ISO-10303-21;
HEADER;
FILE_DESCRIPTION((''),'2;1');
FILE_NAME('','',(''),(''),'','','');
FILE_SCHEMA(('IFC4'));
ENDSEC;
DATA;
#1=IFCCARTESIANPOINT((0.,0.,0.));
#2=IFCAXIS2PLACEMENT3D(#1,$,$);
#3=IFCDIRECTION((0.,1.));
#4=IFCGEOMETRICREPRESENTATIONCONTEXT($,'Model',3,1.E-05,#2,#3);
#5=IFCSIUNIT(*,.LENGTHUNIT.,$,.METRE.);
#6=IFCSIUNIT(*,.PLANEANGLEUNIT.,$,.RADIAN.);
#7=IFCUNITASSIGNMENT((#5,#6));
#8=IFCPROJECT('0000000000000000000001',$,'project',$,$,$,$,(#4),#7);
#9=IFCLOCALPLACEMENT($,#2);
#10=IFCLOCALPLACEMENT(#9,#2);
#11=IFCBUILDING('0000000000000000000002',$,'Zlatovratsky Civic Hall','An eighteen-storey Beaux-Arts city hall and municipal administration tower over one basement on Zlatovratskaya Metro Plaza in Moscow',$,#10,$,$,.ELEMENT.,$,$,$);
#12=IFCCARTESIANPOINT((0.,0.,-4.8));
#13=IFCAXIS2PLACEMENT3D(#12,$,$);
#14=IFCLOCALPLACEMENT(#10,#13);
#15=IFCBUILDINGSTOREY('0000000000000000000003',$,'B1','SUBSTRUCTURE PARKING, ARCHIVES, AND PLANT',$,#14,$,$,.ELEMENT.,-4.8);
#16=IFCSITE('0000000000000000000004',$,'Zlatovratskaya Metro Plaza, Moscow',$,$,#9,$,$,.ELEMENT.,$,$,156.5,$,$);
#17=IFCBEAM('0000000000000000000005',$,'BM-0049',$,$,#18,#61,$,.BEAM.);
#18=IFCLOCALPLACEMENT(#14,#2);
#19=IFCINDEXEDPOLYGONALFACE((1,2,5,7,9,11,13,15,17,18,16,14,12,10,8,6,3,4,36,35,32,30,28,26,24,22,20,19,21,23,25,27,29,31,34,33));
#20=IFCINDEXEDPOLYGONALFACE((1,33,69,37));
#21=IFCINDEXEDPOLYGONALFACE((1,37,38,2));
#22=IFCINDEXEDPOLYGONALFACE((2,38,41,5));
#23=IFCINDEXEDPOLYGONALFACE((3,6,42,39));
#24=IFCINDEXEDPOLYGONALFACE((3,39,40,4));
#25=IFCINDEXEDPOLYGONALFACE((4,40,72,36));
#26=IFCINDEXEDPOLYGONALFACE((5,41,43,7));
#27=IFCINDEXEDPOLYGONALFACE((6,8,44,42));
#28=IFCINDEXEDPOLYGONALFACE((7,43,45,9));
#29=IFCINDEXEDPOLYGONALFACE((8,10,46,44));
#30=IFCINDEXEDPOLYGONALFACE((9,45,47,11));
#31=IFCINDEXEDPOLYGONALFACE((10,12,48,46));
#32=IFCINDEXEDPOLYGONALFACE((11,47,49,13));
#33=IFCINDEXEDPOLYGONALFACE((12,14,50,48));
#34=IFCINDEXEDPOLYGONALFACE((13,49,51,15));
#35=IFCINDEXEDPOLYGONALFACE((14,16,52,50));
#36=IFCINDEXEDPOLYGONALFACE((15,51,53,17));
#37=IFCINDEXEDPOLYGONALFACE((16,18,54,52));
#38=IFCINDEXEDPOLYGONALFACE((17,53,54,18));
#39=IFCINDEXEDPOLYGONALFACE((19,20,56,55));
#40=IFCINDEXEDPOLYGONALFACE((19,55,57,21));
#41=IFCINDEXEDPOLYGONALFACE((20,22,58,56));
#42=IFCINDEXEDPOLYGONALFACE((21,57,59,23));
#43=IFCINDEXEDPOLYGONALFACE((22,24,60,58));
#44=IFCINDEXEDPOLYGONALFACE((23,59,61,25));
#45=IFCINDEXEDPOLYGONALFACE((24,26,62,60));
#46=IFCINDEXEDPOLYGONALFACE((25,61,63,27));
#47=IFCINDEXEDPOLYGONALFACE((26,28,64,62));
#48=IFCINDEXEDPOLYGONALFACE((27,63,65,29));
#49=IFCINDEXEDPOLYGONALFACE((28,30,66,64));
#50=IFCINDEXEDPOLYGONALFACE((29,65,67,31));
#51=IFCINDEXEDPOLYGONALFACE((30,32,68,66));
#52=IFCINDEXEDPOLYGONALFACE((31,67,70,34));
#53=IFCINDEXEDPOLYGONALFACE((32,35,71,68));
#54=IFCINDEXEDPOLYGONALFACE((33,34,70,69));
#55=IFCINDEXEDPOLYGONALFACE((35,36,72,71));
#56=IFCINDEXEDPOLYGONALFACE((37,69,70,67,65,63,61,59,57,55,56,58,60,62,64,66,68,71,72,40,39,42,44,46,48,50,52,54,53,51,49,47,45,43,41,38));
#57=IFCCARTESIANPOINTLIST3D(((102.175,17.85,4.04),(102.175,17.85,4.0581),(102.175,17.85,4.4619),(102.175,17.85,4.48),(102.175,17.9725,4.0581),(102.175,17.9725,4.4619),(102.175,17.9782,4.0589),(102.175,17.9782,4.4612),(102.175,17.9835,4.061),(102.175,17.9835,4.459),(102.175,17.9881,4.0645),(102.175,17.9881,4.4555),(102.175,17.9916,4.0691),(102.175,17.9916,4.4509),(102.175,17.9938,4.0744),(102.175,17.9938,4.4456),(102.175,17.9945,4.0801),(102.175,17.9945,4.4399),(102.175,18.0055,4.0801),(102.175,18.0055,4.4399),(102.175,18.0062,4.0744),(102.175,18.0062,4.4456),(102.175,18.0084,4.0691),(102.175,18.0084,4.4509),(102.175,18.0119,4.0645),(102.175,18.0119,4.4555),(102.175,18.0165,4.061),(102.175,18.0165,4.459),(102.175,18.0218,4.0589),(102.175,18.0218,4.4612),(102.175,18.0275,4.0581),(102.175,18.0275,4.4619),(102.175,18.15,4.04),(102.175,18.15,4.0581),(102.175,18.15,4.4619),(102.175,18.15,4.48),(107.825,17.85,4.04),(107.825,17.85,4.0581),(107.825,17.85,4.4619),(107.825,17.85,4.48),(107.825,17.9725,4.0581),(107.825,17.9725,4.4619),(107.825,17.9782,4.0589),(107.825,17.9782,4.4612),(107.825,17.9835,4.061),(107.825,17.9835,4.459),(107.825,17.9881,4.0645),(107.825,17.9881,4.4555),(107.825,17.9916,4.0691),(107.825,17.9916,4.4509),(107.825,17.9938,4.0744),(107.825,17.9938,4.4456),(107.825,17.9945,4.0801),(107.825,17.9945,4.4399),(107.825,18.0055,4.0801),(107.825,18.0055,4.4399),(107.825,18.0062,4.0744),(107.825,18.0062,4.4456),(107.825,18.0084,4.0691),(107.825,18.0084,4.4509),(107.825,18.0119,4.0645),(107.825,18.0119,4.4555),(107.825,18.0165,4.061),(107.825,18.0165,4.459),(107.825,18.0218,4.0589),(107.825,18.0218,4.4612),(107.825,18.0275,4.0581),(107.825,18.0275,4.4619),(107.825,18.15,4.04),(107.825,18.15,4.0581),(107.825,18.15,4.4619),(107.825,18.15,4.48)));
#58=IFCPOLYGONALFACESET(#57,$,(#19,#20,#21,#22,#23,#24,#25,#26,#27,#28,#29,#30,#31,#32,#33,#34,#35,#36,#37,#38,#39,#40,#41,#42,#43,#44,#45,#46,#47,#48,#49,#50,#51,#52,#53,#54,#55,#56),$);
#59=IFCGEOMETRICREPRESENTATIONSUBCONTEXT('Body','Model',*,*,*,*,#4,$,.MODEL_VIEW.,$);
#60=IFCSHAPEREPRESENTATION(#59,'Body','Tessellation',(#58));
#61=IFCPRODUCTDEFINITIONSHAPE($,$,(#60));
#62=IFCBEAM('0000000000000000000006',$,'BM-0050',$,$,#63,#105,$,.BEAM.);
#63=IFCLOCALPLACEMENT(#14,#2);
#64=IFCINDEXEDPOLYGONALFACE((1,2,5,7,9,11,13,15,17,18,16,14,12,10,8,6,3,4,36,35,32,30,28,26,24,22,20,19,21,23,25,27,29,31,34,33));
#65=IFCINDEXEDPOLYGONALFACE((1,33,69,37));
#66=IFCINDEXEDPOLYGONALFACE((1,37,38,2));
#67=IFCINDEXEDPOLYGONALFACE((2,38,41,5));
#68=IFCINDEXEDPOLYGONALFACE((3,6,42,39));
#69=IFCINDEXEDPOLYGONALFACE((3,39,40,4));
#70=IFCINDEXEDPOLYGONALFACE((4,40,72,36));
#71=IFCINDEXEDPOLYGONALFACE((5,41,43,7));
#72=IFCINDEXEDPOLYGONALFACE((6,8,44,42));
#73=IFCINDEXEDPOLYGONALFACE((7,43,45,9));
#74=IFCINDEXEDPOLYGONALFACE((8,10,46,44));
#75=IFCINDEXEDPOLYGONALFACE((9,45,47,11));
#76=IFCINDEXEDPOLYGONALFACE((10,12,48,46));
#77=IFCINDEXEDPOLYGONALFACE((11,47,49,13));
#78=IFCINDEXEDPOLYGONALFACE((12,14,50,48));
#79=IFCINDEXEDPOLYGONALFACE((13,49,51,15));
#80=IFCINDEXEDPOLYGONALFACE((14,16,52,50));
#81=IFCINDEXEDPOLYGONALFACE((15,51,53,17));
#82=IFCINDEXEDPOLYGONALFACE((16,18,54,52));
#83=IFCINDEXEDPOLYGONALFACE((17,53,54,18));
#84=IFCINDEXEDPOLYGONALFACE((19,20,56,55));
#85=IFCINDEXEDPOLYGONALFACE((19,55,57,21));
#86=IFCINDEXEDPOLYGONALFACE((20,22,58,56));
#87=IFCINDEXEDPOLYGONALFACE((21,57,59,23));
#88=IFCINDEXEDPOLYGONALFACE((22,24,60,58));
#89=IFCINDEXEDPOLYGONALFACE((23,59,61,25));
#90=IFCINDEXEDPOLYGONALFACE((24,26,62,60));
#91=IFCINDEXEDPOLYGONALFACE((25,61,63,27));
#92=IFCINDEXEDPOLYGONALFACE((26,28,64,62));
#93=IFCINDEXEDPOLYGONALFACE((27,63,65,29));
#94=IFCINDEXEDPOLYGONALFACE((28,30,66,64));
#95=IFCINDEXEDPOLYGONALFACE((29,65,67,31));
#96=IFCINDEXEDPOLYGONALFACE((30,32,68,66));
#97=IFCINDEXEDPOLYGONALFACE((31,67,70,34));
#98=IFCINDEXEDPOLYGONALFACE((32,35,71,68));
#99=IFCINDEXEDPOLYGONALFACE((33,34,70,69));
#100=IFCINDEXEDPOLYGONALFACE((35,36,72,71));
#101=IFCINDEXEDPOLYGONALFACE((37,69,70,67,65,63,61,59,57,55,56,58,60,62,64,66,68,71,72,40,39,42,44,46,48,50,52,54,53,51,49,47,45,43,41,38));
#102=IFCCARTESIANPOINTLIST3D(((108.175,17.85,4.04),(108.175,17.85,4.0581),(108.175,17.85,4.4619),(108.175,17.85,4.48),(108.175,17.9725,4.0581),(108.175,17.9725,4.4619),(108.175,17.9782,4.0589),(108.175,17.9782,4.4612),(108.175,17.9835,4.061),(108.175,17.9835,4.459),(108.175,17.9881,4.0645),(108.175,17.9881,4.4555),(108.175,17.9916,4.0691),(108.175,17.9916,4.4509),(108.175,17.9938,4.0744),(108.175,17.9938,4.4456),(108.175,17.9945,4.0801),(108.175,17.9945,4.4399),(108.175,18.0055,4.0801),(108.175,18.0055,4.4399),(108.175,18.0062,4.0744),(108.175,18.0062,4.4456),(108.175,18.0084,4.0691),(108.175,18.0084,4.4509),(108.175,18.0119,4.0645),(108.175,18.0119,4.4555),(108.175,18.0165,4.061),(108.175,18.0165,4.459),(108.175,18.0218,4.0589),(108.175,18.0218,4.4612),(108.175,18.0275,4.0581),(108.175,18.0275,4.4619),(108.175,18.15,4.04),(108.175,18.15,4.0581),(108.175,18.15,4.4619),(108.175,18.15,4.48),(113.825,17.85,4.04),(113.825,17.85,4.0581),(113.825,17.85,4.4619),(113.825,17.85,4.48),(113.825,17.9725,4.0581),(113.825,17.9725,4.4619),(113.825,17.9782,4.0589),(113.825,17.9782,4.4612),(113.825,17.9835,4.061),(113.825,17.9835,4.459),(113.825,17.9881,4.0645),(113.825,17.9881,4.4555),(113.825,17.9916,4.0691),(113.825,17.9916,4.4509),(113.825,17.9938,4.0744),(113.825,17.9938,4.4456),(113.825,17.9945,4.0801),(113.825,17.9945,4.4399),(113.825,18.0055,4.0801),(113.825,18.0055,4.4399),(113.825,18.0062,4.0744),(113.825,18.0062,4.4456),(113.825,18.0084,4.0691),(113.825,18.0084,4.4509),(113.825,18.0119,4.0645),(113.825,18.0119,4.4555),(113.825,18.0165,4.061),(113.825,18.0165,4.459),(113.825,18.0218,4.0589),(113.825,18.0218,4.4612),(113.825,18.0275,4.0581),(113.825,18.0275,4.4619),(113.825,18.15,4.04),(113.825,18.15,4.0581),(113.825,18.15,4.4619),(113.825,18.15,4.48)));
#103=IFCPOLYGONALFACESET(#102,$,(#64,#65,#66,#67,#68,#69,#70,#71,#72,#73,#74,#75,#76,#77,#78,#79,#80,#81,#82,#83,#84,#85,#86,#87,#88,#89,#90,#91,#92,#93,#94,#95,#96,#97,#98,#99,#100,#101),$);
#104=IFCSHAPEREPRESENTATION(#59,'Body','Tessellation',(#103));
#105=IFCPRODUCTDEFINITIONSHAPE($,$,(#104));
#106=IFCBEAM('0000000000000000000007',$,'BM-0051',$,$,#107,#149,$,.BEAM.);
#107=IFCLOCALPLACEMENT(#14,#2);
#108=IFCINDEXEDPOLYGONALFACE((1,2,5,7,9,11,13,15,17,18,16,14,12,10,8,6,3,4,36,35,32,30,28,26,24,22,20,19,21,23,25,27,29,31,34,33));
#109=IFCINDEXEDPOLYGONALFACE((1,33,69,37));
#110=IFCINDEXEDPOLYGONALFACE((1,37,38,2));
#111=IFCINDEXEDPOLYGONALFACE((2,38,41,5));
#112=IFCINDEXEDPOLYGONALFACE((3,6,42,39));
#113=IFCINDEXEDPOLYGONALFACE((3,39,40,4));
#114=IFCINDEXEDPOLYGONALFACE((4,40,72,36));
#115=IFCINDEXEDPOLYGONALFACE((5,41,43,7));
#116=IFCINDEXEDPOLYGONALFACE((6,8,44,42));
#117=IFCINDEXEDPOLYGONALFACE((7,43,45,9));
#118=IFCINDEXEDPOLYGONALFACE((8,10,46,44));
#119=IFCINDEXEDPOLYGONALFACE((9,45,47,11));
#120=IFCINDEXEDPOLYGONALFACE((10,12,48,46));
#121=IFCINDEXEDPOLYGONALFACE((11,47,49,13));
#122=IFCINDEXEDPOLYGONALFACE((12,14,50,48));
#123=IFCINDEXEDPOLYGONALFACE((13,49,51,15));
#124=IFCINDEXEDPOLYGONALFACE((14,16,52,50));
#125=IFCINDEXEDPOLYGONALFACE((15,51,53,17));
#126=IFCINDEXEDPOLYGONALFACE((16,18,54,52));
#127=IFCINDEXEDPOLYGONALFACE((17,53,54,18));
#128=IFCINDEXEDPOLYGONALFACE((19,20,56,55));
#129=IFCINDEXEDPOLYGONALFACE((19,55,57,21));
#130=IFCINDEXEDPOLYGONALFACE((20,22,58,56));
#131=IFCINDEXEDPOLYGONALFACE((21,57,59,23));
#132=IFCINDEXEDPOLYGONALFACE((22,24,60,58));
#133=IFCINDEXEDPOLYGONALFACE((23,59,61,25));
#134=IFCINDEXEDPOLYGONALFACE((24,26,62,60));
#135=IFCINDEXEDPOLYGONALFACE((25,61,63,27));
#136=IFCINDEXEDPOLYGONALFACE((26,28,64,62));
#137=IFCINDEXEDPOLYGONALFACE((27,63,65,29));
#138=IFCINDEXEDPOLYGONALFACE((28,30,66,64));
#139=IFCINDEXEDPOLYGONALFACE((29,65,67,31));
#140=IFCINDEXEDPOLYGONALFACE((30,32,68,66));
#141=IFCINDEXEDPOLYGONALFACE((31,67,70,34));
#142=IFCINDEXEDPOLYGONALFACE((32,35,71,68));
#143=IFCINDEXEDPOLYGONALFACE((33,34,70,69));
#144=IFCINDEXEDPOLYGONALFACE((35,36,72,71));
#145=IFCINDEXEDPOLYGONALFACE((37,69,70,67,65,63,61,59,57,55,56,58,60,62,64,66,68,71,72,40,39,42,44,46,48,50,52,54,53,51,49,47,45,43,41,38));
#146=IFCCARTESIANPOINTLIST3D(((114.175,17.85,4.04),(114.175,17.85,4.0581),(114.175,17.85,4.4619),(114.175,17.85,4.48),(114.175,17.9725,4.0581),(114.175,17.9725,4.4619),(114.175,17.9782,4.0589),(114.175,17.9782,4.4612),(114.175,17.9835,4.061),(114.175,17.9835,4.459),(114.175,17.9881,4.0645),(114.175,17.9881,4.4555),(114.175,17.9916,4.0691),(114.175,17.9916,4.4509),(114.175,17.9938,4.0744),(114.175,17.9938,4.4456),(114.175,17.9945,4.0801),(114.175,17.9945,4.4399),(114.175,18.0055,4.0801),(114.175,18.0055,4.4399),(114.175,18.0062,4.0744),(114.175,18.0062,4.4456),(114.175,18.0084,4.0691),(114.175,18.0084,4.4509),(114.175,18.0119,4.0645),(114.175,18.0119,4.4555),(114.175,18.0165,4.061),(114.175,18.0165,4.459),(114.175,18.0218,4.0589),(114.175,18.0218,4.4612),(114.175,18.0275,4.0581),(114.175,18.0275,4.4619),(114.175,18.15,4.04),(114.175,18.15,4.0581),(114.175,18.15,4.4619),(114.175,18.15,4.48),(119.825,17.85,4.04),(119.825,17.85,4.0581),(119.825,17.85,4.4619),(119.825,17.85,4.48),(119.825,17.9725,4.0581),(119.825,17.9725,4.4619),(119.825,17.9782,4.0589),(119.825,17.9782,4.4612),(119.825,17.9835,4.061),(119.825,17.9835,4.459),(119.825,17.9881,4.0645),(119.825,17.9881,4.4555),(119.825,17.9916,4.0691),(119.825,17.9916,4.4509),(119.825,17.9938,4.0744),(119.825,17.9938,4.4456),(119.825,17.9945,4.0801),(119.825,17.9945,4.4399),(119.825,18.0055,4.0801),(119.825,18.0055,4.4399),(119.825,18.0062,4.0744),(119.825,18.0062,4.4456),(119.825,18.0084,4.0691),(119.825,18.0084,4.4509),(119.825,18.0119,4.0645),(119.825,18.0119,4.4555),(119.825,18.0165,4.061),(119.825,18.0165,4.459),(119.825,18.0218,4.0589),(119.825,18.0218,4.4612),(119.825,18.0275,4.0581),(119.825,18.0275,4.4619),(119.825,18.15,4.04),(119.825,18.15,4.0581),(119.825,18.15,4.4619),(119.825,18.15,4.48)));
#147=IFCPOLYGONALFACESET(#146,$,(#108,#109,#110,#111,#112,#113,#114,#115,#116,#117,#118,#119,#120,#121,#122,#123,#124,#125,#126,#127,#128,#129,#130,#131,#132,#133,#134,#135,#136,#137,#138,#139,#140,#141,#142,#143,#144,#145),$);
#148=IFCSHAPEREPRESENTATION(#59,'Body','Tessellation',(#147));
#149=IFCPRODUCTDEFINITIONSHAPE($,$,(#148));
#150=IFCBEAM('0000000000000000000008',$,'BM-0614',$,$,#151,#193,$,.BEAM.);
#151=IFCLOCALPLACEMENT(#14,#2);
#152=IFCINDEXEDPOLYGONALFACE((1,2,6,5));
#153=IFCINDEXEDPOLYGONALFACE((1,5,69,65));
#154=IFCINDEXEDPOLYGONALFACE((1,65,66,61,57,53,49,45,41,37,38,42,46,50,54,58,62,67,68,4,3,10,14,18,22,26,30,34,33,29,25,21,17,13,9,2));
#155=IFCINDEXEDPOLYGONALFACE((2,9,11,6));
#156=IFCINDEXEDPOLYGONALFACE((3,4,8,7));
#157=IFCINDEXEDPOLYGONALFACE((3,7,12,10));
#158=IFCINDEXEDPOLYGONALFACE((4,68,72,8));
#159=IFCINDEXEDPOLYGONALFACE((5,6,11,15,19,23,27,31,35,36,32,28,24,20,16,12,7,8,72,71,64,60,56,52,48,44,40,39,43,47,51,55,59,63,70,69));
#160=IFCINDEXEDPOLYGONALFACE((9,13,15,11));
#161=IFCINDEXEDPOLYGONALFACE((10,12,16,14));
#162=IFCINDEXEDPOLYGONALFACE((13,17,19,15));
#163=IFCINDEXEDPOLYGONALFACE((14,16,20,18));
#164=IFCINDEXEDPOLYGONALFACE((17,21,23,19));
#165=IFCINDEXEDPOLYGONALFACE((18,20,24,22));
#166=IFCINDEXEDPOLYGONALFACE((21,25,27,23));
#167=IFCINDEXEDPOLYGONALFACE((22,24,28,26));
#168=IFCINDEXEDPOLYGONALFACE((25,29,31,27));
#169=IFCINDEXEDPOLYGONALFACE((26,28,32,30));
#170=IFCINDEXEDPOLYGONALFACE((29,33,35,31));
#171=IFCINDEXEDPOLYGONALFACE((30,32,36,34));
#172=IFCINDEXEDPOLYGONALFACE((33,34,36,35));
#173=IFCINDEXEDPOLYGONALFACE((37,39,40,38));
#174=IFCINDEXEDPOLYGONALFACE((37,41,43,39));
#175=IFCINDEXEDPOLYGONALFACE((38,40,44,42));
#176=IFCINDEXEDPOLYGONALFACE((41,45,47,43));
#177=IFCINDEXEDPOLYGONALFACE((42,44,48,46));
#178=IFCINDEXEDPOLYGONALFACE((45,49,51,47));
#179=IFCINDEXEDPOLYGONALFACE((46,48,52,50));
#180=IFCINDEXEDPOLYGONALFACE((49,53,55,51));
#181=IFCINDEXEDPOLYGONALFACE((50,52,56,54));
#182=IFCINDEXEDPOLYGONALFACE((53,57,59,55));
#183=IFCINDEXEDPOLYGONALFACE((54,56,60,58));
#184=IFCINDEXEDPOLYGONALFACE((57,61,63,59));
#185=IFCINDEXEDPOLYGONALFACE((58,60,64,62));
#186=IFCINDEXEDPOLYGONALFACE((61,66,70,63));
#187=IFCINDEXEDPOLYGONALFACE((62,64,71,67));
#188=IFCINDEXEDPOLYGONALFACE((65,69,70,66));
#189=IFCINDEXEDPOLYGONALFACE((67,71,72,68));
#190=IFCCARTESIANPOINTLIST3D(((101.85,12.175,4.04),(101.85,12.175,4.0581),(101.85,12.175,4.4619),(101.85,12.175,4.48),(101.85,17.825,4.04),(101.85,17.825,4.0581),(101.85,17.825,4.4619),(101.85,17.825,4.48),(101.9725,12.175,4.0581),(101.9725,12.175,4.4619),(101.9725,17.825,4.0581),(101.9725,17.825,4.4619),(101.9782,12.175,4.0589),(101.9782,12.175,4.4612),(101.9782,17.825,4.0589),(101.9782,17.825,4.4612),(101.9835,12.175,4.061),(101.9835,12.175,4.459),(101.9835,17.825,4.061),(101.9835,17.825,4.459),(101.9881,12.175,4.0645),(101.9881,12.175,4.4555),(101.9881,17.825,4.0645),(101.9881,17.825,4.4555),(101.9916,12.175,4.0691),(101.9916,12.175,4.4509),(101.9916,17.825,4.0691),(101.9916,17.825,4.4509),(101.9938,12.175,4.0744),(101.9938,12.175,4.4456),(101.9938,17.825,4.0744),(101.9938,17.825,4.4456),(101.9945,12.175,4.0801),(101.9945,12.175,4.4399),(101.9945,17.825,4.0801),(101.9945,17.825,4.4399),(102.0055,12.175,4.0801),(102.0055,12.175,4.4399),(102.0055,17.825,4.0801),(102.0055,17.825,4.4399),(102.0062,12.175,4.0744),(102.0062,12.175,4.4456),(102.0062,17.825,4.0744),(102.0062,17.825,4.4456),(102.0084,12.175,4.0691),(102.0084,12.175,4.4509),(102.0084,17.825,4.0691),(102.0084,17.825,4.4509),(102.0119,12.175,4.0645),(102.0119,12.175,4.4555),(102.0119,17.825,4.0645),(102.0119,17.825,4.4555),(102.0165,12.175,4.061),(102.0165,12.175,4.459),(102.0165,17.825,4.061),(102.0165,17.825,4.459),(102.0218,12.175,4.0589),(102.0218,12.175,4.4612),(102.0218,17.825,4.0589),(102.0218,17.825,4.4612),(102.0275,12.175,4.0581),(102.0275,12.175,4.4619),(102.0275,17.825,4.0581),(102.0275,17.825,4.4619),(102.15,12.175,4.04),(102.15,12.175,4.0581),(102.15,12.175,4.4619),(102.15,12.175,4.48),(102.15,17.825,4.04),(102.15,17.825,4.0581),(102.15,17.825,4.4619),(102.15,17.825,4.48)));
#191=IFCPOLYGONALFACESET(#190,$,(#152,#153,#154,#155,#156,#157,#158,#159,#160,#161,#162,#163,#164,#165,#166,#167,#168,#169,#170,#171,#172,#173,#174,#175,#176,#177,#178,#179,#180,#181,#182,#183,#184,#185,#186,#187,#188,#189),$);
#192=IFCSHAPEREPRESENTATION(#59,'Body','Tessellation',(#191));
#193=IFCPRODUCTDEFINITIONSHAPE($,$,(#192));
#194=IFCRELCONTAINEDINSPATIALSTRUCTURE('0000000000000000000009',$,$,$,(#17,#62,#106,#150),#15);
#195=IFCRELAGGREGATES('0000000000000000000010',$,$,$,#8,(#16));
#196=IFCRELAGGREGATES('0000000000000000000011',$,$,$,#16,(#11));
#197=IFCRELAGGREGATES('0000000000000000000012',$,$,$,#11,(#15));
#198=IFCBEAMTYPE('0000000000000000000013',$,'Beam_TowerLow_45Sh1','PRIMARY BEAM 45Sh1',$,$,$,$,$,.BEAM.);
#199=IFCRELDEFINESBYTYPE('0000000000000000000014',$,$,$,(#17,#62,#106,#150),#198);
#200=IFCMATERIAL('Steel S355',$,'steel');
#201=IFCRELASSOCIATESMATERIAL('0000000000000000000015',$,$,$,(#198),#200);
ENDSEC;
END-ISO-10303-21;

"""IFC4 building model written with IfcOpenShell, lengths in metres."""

from ifc_helpers import new_model, si_unit, direction, frame, origin, origin_2d, place, context, subcontext, project, spatial, i_section, extrude, material, material_profile, profile_set, type_object, element, save


model = new_model("IFC4")

# Units and contexts
model_context = context("Model", 3, precision=1e-05, world=origin(), true_north=direction((0.0, 1.0)))
body_context = subcontext(model_context, "Body", "Model", "MODEL_VIEW")
ifc_project = project(units=[si_unit("LENGTHUNIT", "METRE"), si_unit("PLANEANGLEUNIT", "RADIAN")], contexts=[model_context])

# Site, building, storey
site_placement = place(None, origin())
site = spatial("IfcSite", under=ifc_project, at=site_placement, Name="Zlatovratskaya Metro Plaza, Moscow", CompositionType="ELEMENT", RefElevation=156.5)
building_placement = place(site_placement, origin())
building = spatial("IfcBuilding", under=site, at=building_placement, Name="Zlatovratsky Civic Hall", Description="An eighteen-storey Beaux-Arts city hall and municipal administration tower over one basement on Zlatovratskaya Metro Plaza in Moscow", CompositionType="ELEMENT")
storey_placement = place(building_placement, frame((0.0, 0.0, -4.8)))
storey = spatial("IfcBuildingStorey", under=building, at=storey_placement, Name="B1", Description="SUBSTRUCTURE PARKING, ARCHIVES, AND PLANT", CompositionType="ELEMENT", Elevation=-4.8)

# Shared definitions
ifc_material_1 = material(Name="Steel S355", Category="steel")

# Beams
ifc_material_profile_1 = material_profile(ifc_material_1, i_section(OverallWidth=0.3, OverallDepth=0.4399, WebThickness=0.011, FlangeThickness=0.0181, FilletRadius=0.022, at=origin_2d()), Name="45Sh1")
ifc_profile_set_1 = profile_set([ifc_material_profile_1], Name="Steel S355")
beam_type_1 = type_object("IfcBeamType", Name="Beam_TowerLow_45Sh1", Description="PRIMARY BEAM 45Sh1", PredefinedType="BEAM", material=ifc_profile_set_1)
for number, where, z_axis, x_axis, name in (
    (1, (102.175, 18.0, 4.26), (1.0, 0.0, 0.0), (0.0, 1.0, 0.0), "BM-0049"),
    (2, (108.175, 18.0, 4.26), (1.0, 0.0, 0.0), (0.0, 1.0, 0.0), "BM-0050"),
    (3, (114.175, 18.0, 4.26), (1.0, 0.0, 0.0), (0.0, 1.0, 0.0), "BM-0051"),
    (4, (102.0, 12.175, 4.26), (0.0, 1.0, 0.0), (-1.0, 0.0, 0.0), "BM-0614"),
):
    element("IfcBeam", number, at=place(storey_placement, frame(where, z_axis=z_axis, x_axis=x_axis)), inside=storey, type_object=beam_type_1, Name=name, PredefinedType="BEAM", context=body_context, shape_type="SweptSolid", body=[
        extrude(i_section(OverallWidth=0.3, OverallDepth=0.4399, WebThickness=0.011, FlangeThickness=0.0181, FilletRadius=0.022, at=origin_2d()), origin(), (0.0, 0.0, 1.0), 5.6499),
    ])

save(model, "model.ifc")
